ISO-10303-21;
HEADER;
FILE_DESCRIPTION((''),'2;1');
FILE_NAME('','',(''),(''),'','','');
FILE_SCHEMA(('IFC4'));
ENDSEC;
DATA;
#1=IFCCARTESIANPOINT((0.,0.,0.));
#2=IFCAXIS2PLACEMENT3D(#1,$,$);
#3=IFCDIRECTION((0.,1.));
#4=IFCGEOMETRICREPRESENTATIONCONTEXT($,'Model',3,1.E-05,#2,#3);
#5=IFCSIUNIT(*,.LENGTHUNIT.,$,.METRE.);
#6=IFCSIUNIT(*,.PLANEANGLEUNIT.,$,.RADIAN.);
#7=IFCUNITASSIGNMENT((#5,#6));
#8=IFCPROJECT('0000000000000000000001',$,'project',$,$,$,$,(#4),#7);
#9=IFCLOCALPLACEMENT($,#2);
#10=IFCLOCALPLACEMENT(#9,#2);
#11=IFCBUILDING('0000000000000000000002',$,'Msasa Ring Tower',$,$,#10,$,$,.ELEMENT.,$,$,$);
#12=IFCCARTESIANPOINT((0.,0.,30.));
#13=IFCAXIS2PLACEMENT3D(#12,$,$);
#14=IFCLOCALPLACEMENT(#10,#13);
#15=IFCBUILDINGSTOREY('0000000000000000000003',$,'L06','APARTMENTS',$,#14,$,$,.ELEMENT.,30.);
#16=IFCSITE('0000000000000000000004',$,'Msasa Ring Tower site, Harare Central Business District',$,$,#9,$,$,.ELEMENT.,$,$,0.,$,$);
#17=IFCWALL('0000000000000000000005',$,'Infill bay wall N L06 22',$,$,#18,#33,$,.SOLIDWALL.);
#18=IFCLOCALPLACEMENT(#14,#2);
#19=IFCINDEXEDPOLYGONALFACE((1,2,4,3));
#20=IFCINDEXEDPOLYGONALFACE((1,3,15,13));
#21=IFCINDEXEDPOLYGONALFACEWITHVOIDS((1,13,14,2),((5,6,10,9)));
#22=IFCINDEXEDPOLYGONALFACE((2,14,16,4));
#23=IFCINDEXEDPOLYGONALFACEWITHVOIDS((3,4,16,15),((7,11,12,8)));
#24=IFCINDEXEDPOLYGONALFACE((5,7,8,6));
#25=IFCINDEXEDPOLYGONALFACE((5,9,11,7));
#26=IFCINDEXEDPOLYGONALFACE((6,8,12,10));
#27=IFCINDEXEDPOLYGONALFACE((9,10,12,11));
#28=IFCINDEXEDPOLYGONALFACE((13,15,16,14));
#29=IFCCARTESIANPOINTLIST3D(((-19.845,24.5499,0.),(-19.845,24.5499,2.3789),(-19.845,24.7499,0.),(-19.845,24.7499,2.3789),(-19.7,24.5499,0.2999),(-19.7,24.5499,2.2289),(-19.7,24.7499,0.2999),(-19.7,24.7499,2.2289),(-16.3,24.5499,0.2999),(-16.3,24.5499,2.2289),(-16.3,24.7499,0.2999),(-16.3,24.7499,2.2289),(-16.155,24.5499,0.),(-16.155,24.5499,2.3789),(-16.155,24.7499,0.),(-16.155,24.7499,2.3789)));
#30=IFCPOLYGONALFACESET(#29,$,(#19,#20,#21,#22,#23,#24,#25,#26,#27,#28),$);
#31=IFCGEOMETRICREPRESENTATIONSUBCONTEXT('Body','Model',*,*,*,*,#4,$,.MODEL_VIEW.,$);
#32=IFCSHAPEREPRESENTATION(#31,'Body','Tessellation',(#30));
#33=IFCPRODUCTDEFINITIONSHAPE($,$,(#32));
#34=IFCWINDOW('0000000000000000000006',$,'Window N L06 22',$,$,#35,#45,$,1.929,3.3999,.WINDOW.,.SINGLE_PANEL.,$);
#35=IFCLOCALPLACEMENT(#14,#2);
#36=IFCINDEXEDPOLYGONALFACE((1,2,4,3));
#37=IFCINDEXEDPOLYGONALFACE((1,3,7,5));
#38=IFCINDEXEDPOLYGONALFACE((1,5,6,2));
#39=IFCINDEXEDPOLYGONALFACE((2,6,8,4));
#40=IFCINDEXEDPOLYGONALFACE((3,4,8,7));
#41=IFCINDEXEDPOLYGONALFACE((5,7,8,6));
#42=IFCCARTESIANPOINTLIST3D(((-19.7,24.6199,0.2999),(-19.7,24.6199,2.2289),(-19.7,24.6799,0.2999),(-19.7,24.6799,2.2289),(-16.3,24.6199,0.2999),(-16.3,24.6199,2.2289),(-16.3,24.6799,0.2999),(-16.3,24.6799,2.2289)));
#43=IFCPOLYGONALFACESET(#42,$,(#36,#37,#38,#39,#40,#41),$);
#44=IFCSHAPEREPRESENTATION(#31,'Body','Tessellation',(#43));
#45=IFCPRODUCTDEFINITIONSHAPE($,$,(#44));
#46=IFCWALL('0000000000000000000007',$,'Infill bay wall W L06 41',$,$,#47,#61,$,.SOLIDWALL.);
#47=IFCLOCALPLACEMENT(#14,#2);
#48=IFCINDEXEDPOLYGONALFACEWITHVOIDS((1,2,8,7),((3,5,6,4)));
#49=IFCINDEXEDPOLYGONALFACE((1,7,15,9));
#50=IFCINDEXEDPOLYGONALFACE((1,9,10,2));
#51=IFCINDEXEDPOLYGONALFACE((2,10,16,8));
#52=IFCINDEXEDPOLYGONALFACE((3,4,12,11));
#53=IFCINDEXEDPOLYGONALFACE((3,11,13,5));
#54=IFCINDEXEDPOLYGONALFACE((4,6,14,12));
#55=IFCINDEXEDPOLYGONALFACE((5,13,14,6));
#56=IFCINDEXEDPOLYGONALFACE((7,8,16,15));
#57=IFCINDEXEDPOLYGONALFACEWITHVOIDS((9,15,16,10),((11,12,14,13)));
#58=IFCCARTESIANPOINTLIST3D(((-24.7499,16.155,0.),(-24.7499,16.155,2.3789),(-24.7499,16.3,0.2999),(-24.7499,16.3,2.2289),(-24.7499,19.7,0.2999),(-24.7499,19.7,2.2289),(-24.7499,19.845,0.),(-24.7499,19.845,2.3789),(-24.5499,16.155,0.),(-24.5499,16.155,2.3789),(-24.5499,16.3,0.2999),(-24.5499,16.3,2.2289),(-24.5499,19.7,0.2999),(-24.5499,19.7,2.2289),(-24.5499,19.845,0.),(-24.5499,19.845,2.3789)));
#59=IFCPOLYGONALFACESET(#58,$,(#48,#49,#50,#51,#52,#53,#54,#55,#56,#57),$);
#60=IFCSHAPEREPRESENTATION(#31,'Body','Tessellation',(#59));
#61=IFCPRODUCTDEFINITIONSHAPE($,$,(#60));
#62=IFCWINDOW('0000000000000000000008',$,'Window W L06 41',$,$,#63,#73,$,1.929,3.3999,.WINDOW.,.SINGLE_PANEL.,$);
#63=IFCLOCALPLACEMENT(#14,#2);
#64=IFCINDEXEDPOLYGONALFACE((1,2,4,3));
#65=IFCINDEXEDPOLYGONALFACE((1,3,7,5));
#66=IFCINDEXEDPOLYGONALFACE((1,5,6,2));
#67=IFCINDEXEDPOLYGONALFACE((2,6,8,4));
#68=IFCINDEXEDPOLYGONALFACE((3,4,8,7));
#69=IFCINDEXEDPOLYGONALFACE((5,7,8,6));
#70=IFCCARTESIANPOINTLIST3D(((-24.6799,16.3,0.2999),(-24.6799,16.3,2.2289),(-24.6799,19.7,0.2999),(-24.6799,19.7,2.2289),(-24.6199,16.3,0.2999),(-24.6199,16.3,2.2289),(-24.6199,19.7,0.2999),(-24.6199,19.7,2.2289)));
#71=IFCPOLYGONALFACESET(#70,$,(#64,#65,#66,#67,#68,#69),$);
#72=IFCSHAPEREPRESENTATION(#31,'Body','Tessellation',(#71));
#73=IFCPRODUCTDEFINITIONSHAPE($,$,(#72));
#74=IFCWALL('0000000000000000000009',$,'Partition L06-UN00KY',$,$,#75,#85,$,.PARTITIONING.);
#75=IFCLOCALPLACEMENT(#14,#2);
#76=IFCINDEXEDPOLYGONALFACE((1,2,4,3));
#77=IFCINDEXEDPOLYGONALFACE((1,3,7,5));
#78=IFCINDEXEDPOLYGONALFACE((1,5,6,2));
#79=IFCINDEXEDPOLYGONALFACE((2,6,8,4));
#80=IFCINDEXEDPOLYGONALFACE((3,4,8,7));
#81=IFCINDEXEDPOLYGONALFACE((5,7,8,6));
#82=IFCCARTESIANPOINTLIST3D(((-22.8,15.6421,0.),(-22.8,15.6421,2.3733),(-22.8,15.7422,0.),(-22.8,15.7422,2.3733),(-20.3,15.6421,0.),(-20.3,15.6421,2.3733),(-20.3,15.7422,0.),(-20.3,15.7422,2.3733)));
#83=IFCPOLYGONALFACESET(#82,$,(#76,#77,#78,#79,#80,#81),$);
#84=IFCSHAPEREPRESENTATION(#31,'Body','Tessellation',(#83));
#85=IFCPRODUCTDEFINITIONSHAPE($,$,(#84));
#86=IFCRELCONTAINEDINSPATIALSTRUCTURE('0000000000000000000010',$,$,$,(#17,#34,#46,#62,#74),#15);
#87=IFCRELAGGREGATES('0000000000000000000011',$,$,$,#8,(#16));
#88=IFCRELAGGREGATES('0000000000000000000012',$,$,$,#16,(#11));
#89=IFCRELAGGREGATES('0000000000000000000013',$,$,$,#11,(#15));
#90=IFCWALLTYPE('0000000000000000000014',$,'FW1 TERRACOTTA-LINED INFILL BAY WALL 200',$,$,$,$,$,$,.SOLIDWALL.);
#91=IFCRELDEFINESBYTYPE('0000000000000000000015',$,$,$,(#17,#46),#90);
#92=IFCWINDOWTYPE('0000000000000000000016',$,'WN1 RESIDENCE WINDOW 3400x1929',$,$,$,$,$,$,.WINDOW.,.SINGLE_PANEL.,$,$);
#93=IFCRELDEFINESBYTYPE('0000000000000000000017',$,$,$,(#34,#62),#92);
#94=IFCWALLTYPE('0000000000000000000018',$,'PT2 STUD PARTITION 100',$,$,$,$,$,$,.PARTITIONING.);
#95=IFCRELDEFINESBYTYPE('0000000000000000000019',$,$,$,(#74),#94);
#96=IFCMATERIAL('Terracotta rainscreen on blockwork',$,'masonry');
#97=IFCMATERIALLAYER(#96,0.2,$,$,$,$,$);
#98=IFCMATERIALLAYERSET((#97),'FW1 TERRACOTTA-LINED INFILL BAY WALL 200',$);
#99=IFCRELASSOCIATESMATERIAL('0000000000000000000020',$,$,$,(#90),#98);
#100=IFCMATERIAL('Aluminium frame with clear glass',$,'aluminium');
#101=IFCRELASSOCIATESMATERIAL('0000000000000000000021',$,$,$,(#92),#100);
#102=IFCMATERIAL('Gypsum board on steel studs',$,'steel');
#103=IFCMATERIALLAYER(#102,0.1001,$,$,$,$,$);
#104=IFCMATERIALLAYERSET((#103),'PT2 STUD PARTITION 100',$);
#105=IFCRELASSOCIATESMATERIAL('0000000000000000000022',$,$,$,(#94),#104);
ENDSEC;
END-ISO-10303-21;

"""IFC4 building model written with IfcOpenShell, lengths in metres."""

from ifc_helpers import new_model, si_unit, direction, frame, frame_2d, origin, place, context, subcontext, project, spatial, rectangle, extrude, material, layer, layer_set, type_object, element, fill, save


model = new_model("IFC4")

# Units and contexts
model_context = context("Model", 3, precision=1e-05, world=origin(), true_north=direction((0.0, 1.0)))
body_context = subcontext(model_context, "Body", "Model", "MODEL_VIEW")
ifc_project = project(units=[si_unit("LENGTHUNIT", "METRE"), si_unit("PLANEANGLEUNIT", "RADIAN")], contexts=[model_context])

# Site, building, storey
site_placement = place(None, origin())
site = spatial("IfcSite", under=ifc_project, at=site_placement, Name="Msasa Ring Tower site, Harare Central Business District", CompositionType="ELEMENT", RefElevation=0.0)
building_placement = place(site_placement, origin())
building = spatial("IfcBuilding", under=site, at=building_placement, Name="Msasa Ring Tower", CompositionType="ELEMENT")
storey_placement = place(building_placement, frame((0.0, 0.0, 30.0)))
storey = spatial("IfcBuildingStorey", under=building, at=storey_placement, Name="L06", Description="APARTMENTS", CompositionType="ELEMENT", Elevation=30.0)

# Walls, openings, windows
ifc_material_1 = material(Name="Terracotta rainscreen on blockwork", Category="masonry")
ifc_layer_1 = layer(ifc_material_1, 0.2)
ifc_layer_set_1 = layer_set([ifc_layer_1], Name="FW1 TERRACOTTA-LINED INFILL BAY WALL 200")
wall_type_1 = type_object("IfcWallType", Name="FW1 TERRACOTTA-LINED INFILL BAY WALL 200", PredefinedType="SOLIDWALL", material=ifc_layer_set_1)
wall_1_placement = place(storey_placement, frame((-19.845, 24.6499, 0.0), z_axis=(0.0, 0.0, 1.0), x_axis=(1.0, 0.0, 0.0)))
wall_1 = element("IfcWall", 1, at=wall_1_placement, inside=storey, type_object=wall_type_1, Name="Infill bay wall N L06 22", PredefinedType="SOLIDWALL", context=body_context, shape_type="SweptSolid", body=[
    extrude(rectangle(XDim=3.6899, YDim=0.2, at=frame_2d((1.845, 0.0))), origin(), (0.0, 0.0, 1.0), 2.3789),
])
opening_1_placement = place(wall_1_placement, frame((0.145, 0.0, 0.3)))
opening_1 = element("IfcOpeningElement", 2, at=opening_1_placement, cuts=wall_1, PredefinedType="OPENING", context=body_context, shape_type="SweptSolid", body=[
    extrude(rectangle(XDim=3.3999, YDim=1.929, at=frame_2d((1.7, 0.9644))), frame((0.0, 0.1099, 0.0), z_axis=(0.0, -1.0, 0.0), x_axis=(1.0, 0.0, 0.0)), (0.0, 0.0, 1.0), 0.22),
])
ifc_material_2 = material(Name="Aluminium frame with clear glass", Category="aluminium")
window_type = type_object("IfcWindowType", Name="WN1 RESIDENCE WINDOW 3400x1929", PartitioningType="SINGLE_PANEL", PredefinedType="WINDOW", material=ifc_material_2)
window_1_placement = place(opening_1_placement, origin())
window_1 = element("IfcWindow", 3, at=window_1_placement, inside=storey, type_object=window_type, Name="Window N L06 22", OverallHeight=1.929, OverallWidth=3.3999, PartitioningType="SINGLE_PANEL", PredefinedType="WINDOW", context=body_context, shape_type="SweptSolid", body=[
    extrude(rectangle(XDim=3.3999, YDim=1.929, at=frame_2d((1.7, 0.9644))), frame((0.0, 0.03, 0.0), z_axis=(0.0, -1.0, 0.0), x_axis=(1.0, 0.0, 0.0)), (0.0, 0.0, 1.0), 0.0601),
])
fill(opening_1, window_1)
wall_2_placement = place(storey_placement, frame((-24.6499, 16.155, 0.0), z_axis=(0.0, 0.0, 1.0), x_axis=(0.0, 1.0, 0.0)))
wall_2 = element("IfcWall", 4, at=wall_2_placement, inside=storey, type_object=wall_type_1, Name="Infill bay wall W L06 41", PredefinedType="SOLIDWALL", context=body_context, shape_type="SweptSolid", body=[
    extrude(rectangle(XDim=3.6899, YDim=0.2, at=frame_2d((1.845, 0.0))), origin(), (0.0, 0.0, 1.0), 2.3789),
])
opening_2_placement = place(wall_2_placement, frame((0.145, 0.0, 0.3)))
opening_2 = element("IfcOpeningElement", 5, at=opening_2_placement, cuts=wall_2, PredefinedType="OPENING", context=body_context, shape_type="SweptSolid", body=[
    extrude(rectangle(XDim=3.3999, YDim=1.929, at=frame_2d((1.7, 0.9644))), frame((0.0, 0.1099, 0.0), z_axis=(0.0, -1.0, 0.0), x_axis=(1.0, 0.0, 0.0)), (0.0, 0.0, 1.0), 0.22),
])
window_2_placement = place(opening_2_placement, origin())
window_2 = element("IfcWindow", 6, at=window_2_placement, inside=storey, type_object=window_type, Name="Window W L06 41", OverallHeight=1.929, OverallWidth=3.3999, PartitioningType="SINGLE_PANEL", PredefinedType="WINDOW", context=body_context, shape_type="SweptSolid", body=[
    extrude(rectangle(XDim=3.3999, YDim=1.929, at=frame_2d((1.7, 0.9644))), frame((0.0, 0.03, 0.0), z_axis=(0.0, -1.0, 0.0), x_axis=(1.0, 0.0, 0.0)), (0.0, 0.0, 1.0), 0.0601),
])
fill(opening_2, window_2)

# Wall
ifc_material_3 = material(Name="Gypsum board on steel studs", Category="steel")
ifc_layer_2 = layer(ifc_material_3, 0.1001)
ifc_layer_set_2 = layer_set([ifc_layer_2], Name="PT2 STUD PARTITION 100")
wall_type_2 = type_object("IfcWallType", Name="PT2 STUD PARTITION 100", PredefinedType="PARTITIONING", material=ifc_layer_set_2)
wall_3_placement = place(storey_placement, frame((-22.8, 15.6921, 0.0), z_axis=(0.0, 0.0, 1.0), x_axis=(1.0, 0.0, 0.0)))
element("IfcWall", 7, at=wall_3_placement, inside=storey, type_object=wall_type_2, Name="Partition L06-UN00KY", PredefinedType="PARTITIONING", context=body_context, shape_type="SweptSolid", body=[
    extrude(rectangle(XDim=2.5, YDim=0.1001, at=frame_2d((1.25, 0.0))), origin(), (0.0, 0.0, 1.0), 2.3733),
])

save(model, "model.ifc")
